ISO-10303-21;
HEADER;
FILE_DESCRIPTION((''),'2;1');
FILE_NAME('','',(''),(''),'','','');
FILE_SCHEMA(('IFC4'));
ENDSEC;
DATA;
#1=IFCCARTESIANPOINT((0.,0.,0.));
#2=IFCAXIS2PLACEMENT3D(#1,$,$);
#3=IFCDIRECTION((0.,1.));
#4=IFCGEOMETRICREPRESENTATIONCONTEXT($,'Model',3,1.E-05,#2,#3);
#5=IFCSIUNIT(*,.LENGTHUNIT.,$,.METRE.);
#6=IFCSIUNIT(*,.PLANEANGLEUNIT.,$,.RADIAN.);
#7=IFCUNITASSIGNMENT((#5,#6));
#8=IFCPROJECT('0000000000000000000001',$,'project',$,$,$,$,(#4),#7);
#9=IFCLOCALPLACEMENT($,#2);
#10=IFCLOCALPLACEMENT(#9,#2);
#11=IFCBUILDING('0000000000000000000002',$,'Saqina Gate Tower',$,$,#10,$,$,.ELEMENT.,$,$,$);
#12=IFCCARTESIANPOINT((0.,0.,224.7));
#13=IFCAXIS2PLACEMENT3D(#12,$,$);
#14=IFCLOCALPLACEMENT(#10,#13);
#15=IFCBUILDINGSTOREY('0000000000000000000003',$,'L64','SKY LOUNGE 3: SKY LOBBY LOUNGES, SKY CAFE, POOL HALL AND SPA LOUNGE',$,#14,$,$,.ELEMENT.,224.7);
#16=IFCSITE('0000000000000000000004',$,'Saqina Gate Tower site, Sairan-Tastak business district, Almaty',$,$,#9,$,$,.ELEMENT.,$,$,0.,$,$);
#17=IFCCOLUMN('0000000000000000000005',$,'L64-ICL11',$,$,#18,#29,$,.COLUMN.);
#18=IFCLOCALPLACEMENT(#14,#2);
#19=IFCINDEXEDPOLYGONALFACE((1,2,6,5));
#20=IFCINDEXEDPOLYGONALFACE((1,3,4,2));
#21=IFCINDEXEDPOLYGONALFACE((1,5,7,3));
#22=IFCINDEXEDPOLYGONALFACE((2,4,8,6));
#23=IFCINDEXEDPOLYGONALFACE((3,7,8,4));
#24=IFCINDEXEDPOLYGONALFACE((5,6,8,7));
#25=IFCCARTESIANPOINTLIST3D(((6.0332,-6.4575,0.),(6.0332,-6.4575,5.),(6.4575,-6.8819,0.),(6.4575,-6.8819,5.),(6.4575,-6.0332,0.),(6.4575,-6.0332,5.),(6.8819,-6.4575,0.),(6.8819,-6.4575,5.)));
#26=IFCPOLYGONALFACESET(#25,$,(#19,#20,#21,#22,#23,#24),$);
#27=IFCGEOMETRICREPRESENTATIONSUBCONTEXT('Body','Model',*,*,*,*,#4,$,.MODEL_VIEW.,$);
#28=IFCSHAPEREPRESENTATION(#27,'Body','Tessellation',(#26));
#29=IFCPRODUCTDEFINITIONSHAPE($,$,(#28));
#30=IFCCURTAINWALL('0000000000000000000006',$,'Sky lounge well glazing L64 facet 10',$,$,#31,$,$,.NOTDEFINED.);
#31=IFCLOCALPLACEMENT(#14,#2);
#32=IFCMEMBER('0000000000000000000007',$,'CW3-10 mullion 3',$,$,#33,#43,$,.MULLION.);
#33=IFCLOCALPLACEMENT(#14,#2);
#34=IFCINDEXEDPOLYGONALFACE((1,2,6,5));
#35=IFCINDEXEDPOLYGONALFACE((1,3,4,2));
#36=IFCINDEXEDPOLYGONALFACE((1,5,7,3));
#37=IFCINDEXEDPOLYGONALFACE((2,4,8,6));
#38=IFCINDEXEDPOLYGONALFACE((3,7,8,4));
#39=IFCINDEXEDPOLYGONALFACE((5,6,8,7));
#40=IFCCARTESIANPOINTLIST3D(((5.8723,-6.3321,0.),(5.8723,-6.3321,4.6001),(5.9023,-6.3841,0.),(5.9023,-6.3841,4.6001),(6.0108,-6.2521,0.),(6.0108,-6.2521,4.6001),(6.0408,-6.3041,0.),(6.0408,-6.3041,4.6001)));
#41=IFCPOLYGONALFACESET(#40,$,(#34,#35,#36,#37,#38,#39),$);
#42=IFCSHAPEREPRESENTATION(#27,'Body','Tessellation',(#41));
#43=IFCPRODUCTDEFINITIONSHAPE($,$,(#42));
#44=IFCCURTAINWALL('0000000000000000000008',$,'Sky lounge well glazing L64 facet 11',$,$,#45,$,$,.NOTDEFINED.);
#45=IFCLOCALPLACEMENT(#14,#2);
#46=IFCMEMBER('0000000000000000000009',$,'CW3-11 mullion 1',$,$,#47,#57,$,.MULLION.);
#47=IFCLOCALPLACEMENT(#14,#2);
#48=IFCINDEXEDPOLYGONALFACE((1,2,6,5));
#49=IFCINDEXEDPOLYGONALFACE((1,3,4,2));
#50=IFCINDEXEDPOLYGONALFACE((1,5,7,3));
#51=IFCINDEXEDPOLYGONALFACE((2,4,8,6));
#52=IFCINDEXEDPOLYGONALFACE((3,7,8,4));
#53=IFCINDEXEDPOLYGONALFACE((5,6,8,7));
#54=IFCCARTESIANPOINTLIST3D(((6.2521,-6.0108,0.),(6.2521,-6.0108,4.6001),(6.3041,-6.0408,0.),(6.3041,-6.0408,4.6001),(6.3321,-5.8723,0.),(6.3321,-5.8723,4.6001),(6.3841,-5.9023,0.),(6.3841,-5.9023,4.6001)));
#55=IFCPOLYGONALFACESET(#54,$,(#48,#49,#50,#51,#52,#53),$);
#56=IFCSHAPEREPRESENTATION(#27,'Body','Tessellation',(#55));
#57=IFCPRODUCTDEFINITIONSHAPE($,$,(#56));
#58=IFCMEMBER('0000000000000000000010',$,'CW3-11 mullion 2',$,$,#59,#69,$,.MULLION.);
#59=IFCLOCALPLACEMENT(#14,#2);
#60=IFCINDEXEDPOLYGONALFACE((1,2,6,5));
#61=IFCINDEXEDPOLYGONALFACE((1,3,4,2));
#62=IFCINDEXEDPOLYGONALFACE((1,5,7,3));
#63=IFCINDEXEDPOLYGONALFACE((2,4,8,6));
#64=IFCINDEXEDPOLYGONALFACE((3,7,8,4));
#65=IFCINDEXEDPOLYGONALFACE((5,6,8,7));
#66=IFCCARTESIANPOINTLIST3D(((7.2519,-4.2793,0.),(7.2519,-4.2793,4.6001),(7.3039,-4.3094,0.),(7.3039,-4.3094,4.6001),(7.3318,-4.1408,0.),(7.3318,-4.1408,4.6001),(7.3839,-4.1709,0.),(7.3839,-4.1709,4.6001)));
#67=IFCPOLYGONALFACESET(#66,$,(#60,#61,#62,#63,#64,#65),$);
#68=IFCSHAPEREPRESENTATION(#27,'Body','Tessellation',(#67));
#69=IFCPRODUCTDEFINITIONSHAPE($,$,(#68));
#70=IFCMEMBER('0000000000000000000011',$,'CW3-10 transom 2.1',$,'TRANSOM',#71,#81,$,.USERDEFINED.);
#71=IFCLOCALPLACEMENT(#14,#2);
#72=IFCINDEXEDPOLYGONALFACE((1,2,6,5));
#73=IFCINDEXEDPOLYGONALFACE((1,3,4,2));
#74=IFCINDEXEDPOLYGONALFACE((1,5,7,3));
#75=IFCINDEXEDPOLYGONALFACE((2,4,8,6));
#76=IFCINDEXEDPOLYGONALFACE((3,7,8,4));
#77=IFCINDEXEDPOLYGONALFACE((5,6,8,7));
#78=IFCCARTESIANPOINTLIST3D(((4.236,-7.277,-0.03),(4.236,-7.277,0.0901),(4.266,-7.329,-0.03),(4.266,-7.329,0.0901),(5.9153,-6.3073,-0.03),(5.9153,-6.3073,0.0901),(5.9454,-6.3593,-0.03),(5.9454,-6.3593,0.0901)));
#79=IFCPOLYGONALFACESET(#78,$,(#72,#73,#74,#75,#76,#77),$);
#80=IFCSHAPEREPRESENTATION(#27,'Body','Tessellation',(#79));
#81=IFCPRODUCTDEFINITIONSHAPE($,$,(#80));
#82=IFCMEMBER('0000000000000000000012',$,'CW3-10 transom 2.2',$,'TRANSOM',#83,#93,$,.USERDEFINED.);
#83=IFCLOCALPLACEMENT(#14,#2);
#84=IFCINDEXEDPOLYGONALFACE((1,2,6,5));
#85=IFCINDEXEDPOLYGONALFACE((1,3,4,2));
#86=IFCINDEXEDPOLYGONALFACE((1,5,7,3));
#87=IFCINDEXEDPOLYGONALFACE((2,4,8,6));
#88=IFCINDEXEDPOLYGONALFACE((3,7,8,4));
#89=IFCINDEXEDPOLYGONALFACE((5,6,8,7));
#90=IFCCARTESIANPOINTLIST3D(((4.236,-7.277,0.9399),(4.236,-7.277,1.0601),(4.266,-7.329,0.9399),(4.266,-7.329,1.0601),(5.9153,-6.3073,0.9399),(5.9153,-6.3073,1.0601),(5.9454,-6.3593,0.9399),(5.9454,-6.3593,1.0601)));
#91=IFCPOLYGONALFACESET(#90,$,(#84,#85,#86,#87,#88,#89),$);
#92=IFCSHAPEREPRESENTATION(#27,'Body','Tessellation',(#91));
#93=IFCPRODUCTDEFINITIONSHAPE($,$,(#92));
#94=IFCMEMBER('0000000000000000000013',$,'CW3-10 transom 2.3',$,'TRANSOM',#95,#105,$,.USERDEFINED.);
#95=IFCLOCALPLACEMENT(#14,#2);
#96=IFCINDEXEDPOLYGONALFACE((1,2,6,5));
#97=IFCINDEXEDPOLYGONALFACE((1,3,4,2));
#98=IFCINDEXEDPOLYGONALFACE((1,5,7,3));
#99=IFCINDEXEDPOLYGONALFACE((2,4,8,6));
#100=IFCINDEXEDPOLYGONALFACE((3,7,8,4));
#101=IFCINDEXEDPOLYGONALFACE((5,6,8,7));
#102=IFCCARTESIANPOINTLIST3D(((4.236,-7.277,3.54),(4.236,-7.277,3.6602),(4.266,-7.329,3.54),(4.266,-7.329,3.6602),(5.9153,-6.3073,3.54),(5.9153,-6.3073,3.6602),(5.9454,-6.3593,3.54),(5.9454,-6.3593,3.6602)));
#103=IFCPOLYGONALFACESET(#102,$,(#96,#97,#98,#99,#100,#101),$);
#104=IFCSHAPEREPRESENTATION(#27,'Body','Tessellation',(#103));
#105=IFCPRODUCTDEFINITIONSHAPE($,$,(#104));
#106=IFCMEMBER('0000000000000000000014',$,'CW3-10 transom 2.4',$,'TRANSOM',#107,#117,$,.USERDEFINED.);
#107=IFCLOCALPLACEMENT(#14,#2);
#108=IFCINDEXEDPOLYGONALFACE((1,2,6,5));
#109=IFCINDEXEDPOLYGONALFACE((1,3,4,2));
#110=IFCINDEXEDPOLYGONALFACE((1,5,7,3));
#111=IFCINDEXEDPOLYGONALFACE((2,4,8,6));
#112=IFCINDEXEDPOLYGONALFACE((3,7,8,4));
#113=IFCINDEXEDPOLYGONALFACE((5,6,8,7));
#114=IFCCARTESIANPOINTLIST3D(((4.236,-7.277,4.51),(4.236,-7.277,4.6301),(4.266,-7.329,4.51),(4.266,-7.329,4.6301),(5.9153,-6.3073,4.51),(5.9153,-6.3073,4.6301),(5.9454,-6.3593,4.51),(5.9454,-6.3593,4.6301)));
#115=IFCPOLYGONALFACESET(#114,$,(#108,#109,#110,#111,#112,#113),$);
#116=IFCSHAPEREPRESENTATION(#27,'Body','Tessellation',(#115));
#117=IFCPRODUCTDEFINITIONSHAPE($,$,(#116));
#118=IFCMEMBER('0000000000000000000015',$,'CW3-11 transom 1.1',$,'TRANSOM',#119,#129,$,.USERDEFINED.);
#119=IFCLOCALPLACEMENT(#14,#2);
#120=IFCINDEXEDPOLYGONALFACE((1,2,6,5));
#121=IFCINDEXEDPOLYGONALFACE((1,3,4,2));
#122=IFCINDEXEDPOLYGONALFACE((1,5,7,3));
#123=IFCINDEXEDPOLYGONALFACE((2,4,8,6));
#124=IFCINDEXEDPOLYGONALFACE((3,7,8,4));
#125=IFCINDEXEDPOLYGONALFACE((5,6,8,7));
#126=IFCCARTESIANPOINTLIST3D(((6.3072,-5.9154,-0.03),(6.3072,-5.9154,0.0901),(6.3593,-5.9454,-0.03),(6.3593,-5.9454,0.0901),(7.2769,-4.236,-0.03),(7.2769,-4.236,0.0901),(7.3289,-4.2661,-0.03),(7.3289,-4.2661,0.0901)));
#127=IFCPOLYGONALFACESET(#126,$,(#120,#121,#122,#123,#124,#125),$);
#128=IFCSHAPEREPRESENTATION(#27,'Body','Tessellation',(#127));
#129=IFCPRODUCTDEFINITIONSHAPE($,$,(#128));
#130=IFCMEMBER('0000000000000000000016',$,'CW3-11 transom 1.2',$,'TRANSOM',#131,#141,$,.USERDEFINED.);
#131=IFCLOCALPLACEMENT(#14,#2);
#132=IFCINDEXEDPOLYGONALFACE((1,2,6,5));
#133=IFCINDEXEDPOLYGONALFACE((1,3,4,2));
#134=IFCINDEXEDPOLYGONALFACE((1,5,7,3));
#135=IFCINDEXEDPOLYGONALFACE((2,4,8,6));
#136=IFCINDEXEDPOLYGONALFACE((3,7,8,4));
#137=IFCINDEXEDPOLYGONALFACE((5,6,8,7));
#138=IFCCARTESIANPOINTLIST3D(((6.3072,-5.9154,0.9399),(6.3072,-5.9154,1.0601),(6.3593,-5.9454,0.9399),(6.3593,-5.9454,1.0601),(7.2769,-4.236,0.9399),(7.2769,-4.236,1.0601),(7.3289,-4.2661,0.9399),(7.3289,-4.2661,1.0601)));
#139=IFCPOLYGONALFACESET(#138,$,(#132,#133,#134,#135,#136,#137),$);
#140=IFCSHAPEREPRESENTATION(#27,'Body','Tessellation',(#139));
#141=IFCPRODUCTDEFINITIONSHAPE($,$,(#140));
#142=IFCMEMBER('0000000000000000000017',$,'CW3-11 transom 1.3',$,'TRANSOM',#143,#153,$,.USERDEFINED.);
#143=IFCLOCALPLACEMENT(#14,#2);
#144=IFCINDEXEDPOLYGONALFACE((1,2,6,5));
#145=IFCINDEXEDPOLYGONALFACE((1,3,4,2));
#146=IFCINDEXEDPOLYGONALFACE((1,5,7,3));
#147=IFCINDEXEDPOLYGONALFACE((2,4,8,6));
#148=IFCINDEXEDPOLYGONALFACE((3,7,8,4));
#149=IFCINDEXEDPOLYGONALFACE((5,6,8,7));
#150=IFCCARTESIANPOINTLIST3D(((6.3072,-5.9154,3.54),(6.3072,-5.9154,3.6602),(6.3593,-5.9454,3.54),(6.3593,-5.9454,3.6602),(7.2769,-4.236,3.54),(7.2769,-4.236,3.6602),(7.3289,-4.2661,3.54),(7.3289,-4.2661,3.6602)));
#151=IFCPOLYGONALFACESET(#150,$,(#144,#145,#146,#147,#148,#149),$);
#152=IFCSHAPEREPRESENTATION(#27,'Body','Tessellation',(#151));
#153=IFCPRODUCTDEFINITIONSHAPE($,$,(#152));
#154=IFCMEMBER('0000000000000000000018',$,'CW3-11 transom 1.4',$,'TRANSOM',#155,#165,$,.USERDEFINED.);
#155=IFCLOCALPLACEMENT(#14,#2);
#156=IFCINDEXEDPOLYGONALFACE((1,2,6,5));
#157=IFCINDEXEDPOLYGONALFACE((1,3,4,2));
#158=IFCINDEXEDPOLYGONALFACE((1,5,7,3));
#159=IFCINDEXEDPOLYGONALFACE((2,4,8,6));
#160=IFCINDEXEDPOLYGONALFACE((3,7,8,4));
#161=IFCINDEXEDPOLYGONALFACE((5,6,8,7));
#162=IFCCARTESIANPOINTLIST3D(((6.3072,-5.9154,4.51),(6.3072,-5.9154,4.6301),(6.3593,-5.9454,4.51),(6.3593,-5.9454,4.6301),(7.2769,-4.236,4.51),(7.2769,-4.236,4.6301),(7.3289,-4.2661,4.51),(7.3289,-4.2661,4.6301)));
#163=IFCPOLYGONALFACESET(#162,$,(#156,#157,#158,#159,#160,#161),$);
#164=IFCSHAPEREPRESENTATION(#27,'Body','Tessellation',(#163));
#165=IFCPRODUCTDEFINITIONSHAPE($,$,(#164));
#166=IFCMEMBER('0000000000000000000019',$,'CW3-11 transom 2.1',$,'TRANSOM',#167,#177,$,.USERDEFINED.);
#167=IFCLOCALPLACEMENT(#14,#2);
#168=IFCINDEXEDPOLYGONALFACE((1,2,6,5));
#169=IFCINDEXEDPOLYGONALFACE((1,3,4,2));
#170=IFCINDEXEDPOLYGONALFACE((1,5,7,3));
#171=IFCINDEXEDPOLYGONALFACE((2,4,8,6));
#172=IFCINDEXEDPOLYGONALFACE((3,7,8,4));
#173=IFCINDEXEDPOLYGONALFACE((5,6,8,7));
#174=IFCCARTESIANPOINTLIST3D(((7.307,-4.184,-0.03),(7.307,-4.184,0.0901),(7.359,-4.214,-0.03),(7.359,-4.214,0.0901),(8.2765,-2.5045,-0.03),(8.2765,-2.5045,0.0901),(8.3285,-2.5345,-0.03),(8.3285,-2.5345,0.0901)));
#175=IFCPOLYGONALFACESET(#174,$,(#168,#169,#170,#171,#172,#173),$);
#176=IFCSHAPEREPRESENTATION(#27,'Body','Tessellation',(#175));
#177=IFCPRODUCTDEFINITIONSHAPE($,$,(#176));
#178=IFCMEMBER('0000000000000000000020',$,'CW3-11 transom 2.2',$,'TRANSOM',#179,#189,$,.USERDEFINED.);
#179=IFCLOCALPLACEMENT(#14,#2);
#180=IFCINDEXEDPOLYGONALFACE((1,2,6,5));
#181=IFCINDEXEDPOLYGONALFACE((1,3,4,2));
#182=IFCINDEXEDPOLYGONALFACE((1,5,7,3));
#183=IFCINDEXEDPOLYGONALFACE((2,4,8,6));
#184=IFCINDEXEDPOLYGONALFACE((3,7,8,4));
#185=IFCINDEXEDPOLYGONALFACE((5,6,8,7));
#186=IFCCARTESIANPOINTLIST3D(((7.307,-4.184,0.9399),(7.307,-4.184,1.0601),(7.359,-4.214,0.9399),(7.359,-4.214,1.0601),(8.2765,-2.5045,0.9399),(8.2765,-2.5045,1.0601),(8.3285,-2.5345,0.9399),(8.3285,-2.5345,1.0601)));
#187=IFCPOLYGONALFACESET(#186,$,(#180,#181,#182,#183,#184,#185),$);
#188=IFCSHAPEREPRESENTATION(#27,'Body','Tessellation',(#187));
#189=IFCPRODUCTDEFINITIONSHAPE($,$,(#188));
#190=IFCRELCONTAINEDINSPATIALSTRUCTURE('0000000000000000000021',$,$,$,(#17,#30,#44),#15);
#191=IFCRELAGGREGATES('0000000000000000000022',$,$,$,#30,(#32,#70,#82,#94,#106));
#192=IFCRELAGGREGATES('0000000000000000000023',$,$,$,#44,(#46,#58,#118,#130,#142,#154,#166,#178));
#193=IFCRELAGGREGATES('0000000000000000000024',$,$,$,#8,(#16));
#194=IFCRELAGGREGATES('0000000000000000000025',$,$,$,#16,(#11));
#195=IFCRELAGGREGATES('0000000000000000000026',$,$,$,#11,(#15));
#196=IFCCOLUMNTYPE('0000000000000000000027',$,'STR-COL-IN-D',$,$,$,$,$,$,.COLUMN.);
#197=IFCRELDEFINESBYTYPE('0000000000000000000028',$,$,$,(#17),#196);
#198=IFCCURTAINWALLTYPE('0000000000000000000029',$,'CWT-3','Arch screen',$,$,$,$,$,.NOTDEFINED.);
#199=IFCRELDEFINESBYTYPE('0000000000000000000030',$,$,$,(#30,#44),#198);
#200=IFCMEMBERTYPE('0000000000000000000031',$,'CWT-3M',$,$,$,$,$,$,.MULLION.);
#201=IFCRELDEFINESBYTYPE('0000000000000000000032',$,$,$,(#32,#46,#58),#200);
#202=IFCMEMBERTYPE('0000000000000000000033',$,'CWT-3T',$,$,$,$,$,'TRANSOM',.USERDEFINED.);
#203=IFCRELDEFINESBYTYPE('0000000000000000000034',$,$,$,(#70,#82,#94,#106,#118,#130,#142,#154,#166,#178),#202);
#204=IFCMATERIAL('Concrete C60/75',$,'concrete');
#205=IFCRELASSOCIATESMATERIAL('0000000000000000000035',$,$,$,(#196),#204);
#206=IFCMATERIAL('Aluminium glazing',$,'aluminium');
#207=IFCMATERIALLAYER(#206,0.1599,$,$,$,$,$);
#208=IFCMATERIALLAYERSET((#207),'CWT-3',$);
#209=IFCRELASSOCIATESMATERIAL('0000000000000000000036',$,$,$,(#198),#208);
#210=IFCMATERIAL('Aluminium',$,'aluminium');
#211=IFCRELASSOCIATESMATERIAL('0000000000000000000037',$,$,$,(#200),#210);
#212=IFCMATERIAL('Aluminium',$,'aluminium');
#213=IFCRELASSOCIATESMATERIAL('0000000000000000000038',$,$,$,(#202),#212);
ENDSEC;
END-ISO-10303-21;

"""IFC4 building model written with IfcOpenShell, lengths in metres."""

from ifc_helpers import new_model, si_unit, direction, frame, origin, origin_2d, place, context, subcontext, project, spatial, rectangle, extrude, material, layer, layer_set, material_profile, profile_set, type_object, element, aggregate, save


model = new_model("IFC4")

# Units and contexts
model_context = context("Model", 3, precision=1e-05, world=origin(), true_north=direction((0.0, 1.0)))
body_context = subcontext(model_context, "Body", "Model", "MODEL_VIEW")
ifc_project = project(units=[si_unit("LENGTHUNIT", "METRE"), si_unit("PLANEANGLEUNIT", "RADIAN")], contexts=[model_context])

# Site, building, storey
site_placement = place(None, origin())
site = spatial("IfcSite", under=ifc_project, at=site_placement, Name="Saqina Gate Tower site, Sairan-Tastak business district, Almaty", CompositionType="ELEMENT", RefElevation=0.0)
building_placement = place(site_placement, origin())
building = spatial("IfcBuilding", under=site, at=building_placement, Name="Saqina Gate Tower", CompositionType="ELEMENT")
storey_placement = place(building_placement, frame((0.0, 0.0, 224.7)))
storey = spatial("IfcBuildingStorey", under=building, at=storey_placement, Name="L64", Description="SKY LOUNGE 3: SKY LOBBY LOUNGES, SKY CAFE, POOL HALL AND SPA LOUNGE", CompositionType="ELEMENT", Elevation=224.7)

# Column
ifc_material_1 = material(Name="Concrete C60/75", Category="concrete")
ifc_material_profile_1 = material_profile(ifc_material_1, rectangle(XDim=0.6001, YDim=0.6001, at=origin_2d()), Name="RC 600x600")
ifc_profile_set_1 = profile_set([ifc_material_profile_1], Name="Concrete C60/75")
column_type = type_object("IfcColumnType", Name="STR-COL-IN-D", PredefinedType="COLUMN", material=ifc_profile_set_1)
column_placement = place(storey_placement, frame((6.4575, -6.4575, 0.0), z_axis=(0.0, 0.0, 1.0), x_axis=(0.707107, -0.707107, 0.0)))
element("IfcColumn", 1, at=column_placement, inside=storey, type_object=column_type, Name="L64-ICL11", PredefinedType="COLUMN", context=body_context, shape_type="SweptSolid", body=[
    extrude(rectangle(XDim=0.6001, YDim=0.6001, at=origin_2d()), origin(), (0.0, 0.0, 1.0), 5.0),
])

# Curtain wall, member
ifc_material_2 = material(Name="Aluminium glazing", Category="aluminium")
ifc_layer_1 = layer(ifc_material_2, 0.1599)
ifc_layer_set_1 = layer_set([ifc_layer_1], Name="CWT-3")
curtain_wall_type = type_object("IfcCurtainWallType", Name="CWT-3", Description="Arch screen", PredefinedType="NOTDEFINED", material=ifc_layer_set_1)
curtain_wall_1_placement = place(storey_placement, origin())
curtain_wall_1 = element("IfcCurtainWall", 2, at=curtain_wall_1_placement, inside=storey, type_object=curtain_wall_type, Name="Sky lounge well glazing L64 facet 10", PredefinedType="NOTDEFINED")
ifc_material_3 = material(Name="Aluminium", Category="aluminium")
ifc_material_profile_2 = material_profile(ifc_material_3, rectangle(XDim=0.0601, YDim=0.1599, at=origin_2d()), Name="Aluminium 60x160")
ifc_profile_set_2 = profile_set([ifc_material_profile_2], Name="Aluminium")
member_type_1 = type_object("IfcMemberType", Name="CWT-3M", PredefinedType="MULLION", material=ifc_profile_set_2)
member_1_placement = place(storey_placement, frame((5.9565, -6.3181, 0.0), z_axis=(0.0, 0.0, 1.0), x_axis=(-0.500003, 0.866024, 0.0)))
member_1 = element("IfcMember", 3, at=member_1_placement, type_object=member_type_1, Name="CW3-10 mullion 3", PredefinedType="MULLION", context=body_context, shape_type="SweptSolid", body=[
    extrude(rectangle(XDim=0.0601, YDim=0.1599, at=origin_2d()), origin(), (0.0, 0.0, 1.0), 4.6001),
])

# Curtain wall, members
curtain_wall_2_placement = place(storey_placement, origin())
curtain_wall_2 = element("IfcCurtainWall", 4, at=curtain_wall_2_placement, inside=storey, type_object=curtain_wall_type, Name="Sky lounge well glazing L64 facet 11", PredefinedType="NOTDEFINED")
member_2_placement = place(storey_placement, frame((6.3181, -5.9565, 0.0), z_axis=(0.0, 0.0, 1.0), x_axis=(-0.866024, 0.500003, 0.0)))
member_2 = element("IfcMember", 5, at=member_2_placement, type_object=member_type_1, Name="CW3-11 mullion 1", PredefinedType="MULLION", context=body_context, shape_type="SweptSolid", body=[
    extrude(rectangle(XDim=0.0601, YDim=0.1599, at=origin_2d()), origin(), (0.0, 0.0, 1.0), 4.6001),
])
member_3_placement = place(storey_placement, frame((7.3179, -4.2251, 0.0), z_axis=(0.0, 0.0, 1.0), x_axis=(-0.866024, 0.500003, 0.0)))
member_3 = element("IfcMember", 6, at=member_3_placement, type_object=member_type_1, Name="CW3-11 mullion 2", PredefinedType="MULLION", context=body_context, shape_type="SweptSolid", body=[
    extrude(rectangle(XDim=0.0601, YDim=0.1599, at=origin_2d()), origin(), (0.0, 0.0, 1.0), 4.6001),
])

# Members
ifc_material_4 = material(Name="Aluminium", Category="aluminium")
ifc_material_profile_3 = material_profile(ifc_material_4, rectangle(XDim=0.0601, YDim=0.1201, at=origin_2d()), Name="Aluminium 60x120")
ifc_profile_set_3 = profile_set([ifc_material_profile_3], Name="Aluminium")
member_type_2 = type_object("IfcMemberType", Name="CWT-3T", ElementType="TRANSOM", PredefinedType="USERDEFINED", material=ifc_profile_set_3)
member_4_placement = place(storey_placement, frame((4.251, -7.303, 0.03), z_axis=(0.866003, 0.500038, 0.0), x_axis=(-0.500038, 0.866003, 0.0)))
member_4 = element("IfcMember", 7, at=member_4_placement, type_object=member_type_2, Name="CW3-10 transom 2.1", ObjectType="TRANSOM", PredefinedType="USERDEFINED", context=body_context, shape_type="SweptSolid", body=[
    extrude(rectangle(XDim=0.0601, YDim=0.1201, at=origin_2d()), origin(), (0.0, 0.0, 1.0), 1.9392),
])
member_5_placement = place(storey_placement, frame((4.251, -7.303, 1.0), z_axis=(0.866003, 0.500038, 0.0), x_axis=(-0.500038, 0.866003, 0.0)))
member_5 = element("IfcMember", 8, at=member_5_placement, type_object=member_type_2, Name="CW3-10 transom 2.2", ObjectType="TRANSOM", PredefinedType="USERDEFINED", context=body_context, shape_type="SweptSolid", body=[
    extrude(rectangle(XDim=0.0601, YDim=0.1201, at=origin_2d()), origin(), (0.0, 0.0, 1.0), 1.9392),
])
member_6_placement = place(storey_placement, frame((4.251, -7.303, 3.6001), z_axis=(0.866003, 0.500038, 0.0), x_axis=(-0.500038, 0.866003, 0.0)))
member_6 = element("IfcMember", 9, at=member_6_placement, type_object=member_type_2, Name="CW3-10 transom 2.3", ObjectType="TRANSOM", PredefinedType="USERDEFINED", context=body_context, shape_type="SweptSolid", body=[
    extrude(rectangle(XDim=0.0601, YDim=0.1201, at=origin_2d()), origin(), (0.0, 0.0, 1.0), 1.9392),
])
member_7_placement = place(storey_placement, frame((4.251, -7.303, 4.5701), z_axis=(0.866003, 0.500038, 0.0), x_axis=(-0.500038, 0.866003, 0.0)))
member_7 = element("IfcMember", 10, at=member_7_placement, type_object=member_type_2, Name="CW3-10 transom 2.4", ObjectType="TRANSOM", PredefinedType="USERDEFINED", context=body_context, shape_type="SweptSolid", body=[
    extrude(rectangle(XDim=0.0601, YDim=0.1201, at=origin_2d()), origin(), (0.0, 0.0, 1.0), 1.9392),
])
member_8_placement = place(storey_placement, frame((6.3333, -5.9304, 0.03), z_axis=(0.500038, 0.866003, 0.0), x_axis=(-0.866003, 0.500038, 0.0)))
member_8 = element("IfcMember", 11, at=member_8_placement, type_object=member_type_2, Name="CW3-11 transom 1.1", ObjectType="TRANSOM", PredefinedType="USERDEFINED", context=body_context, shape_type="SweptSolid", body=[
    extrude(rectangle(XDim=0.0601, YDim=0.1201, at=origin_2d()), origin(), (0.0, 0.0, 1.0), 1.9392),
])
member_9_placement = place(storey_placement, frame((6.3333, -5.9304, 1.0), z_axis=(0.500038, 0.866003, 0.0), x_axis=(-0.866003, 0.500038, 0.0)))
member_9 = element("IfcMember", 12, at=member_9_placement, type_object=member_type_2, Name="CW3-11 transom 1.2", ObjectType="TRANSOM", PredefinedType="USERDEFINED", context=body_context, shape_type="SweptSolid", body=[
    extrude(rectangle(XDim=0.0601, YDim=0.1201, at=origin_2d()), origin(), (0.0, 0.0, 1.0), 1.9392),
])
member_10_placement = place(storey_placement, frame((6.3333, -5.9304, 3.6001), z_axis=(0.500038, 0.866003, 0.0), x_axis=(-0.866003, 0.500038, 0.0)))
member_10 = element("IfcMember", 13, at=member_10_placement, type_object=member_type_2, Name="CW3-11 transom 1.3", ObjectType="TRANSOM", PredefinedType="USERDEFINED", context=body_context, shape_type="SweptSolid", body=[
    extrude(rectangle(XDim=0.0601, YDim=0.1201, at=origin_2d()), origin(), (0.0, 0.0, 1.0), 1.9392),
])
member_11_placement = place(storey_placement, frame((6.3333, -5.9304, 4.5701), z_axis=(0.500038, 0.866003, 0.0), x_axis=(-0.866003, 0.500038, 0.0)))
member_11 = element("IfcMember", 14, at=member_11_placement, type_object=member_type_2, Name="CW3-11 transom 1.4", ObjectType="TRANSOM", PredefinedType="USERDEFINED", context=body_context, shape_type="SweptSolid", body=[
    extrude(rectangle(XDim=0.0601, YDim=0.1201, at=origin_2d()), origin(), (0.0, 0.0, 1.0), 1.9392),
])
member_12_placement = place(storey_placement, frame((7.333, -4.199, 0.03), z_axis=(0.499944, 0.866058, 0.0), x_axis=(-0.866058, 0.499944, 0.0)))
member_12 = element("IfcMember", 15, at=member_12_placement, type_object=member_type_2, Name="CW3-11 transom 2.1", ObjectType="TRANSOM", PredefinedType="USERDEFINED", context=body_context, shape_type="SweptSolid", body=[
    extrude(rectangle(XDim=0.0601, YDim=0.1201, at=origin_2d()), origin(), (0.0, 0.0, 1.0), 1.9392),
])
member_13_placement = place(storey_placement, frame((7.333, -4.199, 1.0), z_axis=(0.499944, 0.866058, 0.0), x_axis=(-0.866058, 0.499944, 0.0)))
member_13 = element("IfcMember", 16, at=member_13_placement, type_object=member_type_2, Name="CW3-11 transom 2.2", ObjectType="TRANSOM", PredefinedType="USERDEFINED", context=body_context, shape_type="SweptSolid", body=[
    extrude(rectangle(XDim=0.0601, YDim=0.1201, at=origin_2d()), origin(), (0.0, 0.0, 1.0), 1.9392),
])

aggregate(curtain_wall_1, [member_1, member_4, member_5, member_6, member_7])
aggregate(curtain_wall_2, [member_2, member_3, member_8, member_9, member_10, member_11, member_12, member_13])

save(model, "model.ifc")
